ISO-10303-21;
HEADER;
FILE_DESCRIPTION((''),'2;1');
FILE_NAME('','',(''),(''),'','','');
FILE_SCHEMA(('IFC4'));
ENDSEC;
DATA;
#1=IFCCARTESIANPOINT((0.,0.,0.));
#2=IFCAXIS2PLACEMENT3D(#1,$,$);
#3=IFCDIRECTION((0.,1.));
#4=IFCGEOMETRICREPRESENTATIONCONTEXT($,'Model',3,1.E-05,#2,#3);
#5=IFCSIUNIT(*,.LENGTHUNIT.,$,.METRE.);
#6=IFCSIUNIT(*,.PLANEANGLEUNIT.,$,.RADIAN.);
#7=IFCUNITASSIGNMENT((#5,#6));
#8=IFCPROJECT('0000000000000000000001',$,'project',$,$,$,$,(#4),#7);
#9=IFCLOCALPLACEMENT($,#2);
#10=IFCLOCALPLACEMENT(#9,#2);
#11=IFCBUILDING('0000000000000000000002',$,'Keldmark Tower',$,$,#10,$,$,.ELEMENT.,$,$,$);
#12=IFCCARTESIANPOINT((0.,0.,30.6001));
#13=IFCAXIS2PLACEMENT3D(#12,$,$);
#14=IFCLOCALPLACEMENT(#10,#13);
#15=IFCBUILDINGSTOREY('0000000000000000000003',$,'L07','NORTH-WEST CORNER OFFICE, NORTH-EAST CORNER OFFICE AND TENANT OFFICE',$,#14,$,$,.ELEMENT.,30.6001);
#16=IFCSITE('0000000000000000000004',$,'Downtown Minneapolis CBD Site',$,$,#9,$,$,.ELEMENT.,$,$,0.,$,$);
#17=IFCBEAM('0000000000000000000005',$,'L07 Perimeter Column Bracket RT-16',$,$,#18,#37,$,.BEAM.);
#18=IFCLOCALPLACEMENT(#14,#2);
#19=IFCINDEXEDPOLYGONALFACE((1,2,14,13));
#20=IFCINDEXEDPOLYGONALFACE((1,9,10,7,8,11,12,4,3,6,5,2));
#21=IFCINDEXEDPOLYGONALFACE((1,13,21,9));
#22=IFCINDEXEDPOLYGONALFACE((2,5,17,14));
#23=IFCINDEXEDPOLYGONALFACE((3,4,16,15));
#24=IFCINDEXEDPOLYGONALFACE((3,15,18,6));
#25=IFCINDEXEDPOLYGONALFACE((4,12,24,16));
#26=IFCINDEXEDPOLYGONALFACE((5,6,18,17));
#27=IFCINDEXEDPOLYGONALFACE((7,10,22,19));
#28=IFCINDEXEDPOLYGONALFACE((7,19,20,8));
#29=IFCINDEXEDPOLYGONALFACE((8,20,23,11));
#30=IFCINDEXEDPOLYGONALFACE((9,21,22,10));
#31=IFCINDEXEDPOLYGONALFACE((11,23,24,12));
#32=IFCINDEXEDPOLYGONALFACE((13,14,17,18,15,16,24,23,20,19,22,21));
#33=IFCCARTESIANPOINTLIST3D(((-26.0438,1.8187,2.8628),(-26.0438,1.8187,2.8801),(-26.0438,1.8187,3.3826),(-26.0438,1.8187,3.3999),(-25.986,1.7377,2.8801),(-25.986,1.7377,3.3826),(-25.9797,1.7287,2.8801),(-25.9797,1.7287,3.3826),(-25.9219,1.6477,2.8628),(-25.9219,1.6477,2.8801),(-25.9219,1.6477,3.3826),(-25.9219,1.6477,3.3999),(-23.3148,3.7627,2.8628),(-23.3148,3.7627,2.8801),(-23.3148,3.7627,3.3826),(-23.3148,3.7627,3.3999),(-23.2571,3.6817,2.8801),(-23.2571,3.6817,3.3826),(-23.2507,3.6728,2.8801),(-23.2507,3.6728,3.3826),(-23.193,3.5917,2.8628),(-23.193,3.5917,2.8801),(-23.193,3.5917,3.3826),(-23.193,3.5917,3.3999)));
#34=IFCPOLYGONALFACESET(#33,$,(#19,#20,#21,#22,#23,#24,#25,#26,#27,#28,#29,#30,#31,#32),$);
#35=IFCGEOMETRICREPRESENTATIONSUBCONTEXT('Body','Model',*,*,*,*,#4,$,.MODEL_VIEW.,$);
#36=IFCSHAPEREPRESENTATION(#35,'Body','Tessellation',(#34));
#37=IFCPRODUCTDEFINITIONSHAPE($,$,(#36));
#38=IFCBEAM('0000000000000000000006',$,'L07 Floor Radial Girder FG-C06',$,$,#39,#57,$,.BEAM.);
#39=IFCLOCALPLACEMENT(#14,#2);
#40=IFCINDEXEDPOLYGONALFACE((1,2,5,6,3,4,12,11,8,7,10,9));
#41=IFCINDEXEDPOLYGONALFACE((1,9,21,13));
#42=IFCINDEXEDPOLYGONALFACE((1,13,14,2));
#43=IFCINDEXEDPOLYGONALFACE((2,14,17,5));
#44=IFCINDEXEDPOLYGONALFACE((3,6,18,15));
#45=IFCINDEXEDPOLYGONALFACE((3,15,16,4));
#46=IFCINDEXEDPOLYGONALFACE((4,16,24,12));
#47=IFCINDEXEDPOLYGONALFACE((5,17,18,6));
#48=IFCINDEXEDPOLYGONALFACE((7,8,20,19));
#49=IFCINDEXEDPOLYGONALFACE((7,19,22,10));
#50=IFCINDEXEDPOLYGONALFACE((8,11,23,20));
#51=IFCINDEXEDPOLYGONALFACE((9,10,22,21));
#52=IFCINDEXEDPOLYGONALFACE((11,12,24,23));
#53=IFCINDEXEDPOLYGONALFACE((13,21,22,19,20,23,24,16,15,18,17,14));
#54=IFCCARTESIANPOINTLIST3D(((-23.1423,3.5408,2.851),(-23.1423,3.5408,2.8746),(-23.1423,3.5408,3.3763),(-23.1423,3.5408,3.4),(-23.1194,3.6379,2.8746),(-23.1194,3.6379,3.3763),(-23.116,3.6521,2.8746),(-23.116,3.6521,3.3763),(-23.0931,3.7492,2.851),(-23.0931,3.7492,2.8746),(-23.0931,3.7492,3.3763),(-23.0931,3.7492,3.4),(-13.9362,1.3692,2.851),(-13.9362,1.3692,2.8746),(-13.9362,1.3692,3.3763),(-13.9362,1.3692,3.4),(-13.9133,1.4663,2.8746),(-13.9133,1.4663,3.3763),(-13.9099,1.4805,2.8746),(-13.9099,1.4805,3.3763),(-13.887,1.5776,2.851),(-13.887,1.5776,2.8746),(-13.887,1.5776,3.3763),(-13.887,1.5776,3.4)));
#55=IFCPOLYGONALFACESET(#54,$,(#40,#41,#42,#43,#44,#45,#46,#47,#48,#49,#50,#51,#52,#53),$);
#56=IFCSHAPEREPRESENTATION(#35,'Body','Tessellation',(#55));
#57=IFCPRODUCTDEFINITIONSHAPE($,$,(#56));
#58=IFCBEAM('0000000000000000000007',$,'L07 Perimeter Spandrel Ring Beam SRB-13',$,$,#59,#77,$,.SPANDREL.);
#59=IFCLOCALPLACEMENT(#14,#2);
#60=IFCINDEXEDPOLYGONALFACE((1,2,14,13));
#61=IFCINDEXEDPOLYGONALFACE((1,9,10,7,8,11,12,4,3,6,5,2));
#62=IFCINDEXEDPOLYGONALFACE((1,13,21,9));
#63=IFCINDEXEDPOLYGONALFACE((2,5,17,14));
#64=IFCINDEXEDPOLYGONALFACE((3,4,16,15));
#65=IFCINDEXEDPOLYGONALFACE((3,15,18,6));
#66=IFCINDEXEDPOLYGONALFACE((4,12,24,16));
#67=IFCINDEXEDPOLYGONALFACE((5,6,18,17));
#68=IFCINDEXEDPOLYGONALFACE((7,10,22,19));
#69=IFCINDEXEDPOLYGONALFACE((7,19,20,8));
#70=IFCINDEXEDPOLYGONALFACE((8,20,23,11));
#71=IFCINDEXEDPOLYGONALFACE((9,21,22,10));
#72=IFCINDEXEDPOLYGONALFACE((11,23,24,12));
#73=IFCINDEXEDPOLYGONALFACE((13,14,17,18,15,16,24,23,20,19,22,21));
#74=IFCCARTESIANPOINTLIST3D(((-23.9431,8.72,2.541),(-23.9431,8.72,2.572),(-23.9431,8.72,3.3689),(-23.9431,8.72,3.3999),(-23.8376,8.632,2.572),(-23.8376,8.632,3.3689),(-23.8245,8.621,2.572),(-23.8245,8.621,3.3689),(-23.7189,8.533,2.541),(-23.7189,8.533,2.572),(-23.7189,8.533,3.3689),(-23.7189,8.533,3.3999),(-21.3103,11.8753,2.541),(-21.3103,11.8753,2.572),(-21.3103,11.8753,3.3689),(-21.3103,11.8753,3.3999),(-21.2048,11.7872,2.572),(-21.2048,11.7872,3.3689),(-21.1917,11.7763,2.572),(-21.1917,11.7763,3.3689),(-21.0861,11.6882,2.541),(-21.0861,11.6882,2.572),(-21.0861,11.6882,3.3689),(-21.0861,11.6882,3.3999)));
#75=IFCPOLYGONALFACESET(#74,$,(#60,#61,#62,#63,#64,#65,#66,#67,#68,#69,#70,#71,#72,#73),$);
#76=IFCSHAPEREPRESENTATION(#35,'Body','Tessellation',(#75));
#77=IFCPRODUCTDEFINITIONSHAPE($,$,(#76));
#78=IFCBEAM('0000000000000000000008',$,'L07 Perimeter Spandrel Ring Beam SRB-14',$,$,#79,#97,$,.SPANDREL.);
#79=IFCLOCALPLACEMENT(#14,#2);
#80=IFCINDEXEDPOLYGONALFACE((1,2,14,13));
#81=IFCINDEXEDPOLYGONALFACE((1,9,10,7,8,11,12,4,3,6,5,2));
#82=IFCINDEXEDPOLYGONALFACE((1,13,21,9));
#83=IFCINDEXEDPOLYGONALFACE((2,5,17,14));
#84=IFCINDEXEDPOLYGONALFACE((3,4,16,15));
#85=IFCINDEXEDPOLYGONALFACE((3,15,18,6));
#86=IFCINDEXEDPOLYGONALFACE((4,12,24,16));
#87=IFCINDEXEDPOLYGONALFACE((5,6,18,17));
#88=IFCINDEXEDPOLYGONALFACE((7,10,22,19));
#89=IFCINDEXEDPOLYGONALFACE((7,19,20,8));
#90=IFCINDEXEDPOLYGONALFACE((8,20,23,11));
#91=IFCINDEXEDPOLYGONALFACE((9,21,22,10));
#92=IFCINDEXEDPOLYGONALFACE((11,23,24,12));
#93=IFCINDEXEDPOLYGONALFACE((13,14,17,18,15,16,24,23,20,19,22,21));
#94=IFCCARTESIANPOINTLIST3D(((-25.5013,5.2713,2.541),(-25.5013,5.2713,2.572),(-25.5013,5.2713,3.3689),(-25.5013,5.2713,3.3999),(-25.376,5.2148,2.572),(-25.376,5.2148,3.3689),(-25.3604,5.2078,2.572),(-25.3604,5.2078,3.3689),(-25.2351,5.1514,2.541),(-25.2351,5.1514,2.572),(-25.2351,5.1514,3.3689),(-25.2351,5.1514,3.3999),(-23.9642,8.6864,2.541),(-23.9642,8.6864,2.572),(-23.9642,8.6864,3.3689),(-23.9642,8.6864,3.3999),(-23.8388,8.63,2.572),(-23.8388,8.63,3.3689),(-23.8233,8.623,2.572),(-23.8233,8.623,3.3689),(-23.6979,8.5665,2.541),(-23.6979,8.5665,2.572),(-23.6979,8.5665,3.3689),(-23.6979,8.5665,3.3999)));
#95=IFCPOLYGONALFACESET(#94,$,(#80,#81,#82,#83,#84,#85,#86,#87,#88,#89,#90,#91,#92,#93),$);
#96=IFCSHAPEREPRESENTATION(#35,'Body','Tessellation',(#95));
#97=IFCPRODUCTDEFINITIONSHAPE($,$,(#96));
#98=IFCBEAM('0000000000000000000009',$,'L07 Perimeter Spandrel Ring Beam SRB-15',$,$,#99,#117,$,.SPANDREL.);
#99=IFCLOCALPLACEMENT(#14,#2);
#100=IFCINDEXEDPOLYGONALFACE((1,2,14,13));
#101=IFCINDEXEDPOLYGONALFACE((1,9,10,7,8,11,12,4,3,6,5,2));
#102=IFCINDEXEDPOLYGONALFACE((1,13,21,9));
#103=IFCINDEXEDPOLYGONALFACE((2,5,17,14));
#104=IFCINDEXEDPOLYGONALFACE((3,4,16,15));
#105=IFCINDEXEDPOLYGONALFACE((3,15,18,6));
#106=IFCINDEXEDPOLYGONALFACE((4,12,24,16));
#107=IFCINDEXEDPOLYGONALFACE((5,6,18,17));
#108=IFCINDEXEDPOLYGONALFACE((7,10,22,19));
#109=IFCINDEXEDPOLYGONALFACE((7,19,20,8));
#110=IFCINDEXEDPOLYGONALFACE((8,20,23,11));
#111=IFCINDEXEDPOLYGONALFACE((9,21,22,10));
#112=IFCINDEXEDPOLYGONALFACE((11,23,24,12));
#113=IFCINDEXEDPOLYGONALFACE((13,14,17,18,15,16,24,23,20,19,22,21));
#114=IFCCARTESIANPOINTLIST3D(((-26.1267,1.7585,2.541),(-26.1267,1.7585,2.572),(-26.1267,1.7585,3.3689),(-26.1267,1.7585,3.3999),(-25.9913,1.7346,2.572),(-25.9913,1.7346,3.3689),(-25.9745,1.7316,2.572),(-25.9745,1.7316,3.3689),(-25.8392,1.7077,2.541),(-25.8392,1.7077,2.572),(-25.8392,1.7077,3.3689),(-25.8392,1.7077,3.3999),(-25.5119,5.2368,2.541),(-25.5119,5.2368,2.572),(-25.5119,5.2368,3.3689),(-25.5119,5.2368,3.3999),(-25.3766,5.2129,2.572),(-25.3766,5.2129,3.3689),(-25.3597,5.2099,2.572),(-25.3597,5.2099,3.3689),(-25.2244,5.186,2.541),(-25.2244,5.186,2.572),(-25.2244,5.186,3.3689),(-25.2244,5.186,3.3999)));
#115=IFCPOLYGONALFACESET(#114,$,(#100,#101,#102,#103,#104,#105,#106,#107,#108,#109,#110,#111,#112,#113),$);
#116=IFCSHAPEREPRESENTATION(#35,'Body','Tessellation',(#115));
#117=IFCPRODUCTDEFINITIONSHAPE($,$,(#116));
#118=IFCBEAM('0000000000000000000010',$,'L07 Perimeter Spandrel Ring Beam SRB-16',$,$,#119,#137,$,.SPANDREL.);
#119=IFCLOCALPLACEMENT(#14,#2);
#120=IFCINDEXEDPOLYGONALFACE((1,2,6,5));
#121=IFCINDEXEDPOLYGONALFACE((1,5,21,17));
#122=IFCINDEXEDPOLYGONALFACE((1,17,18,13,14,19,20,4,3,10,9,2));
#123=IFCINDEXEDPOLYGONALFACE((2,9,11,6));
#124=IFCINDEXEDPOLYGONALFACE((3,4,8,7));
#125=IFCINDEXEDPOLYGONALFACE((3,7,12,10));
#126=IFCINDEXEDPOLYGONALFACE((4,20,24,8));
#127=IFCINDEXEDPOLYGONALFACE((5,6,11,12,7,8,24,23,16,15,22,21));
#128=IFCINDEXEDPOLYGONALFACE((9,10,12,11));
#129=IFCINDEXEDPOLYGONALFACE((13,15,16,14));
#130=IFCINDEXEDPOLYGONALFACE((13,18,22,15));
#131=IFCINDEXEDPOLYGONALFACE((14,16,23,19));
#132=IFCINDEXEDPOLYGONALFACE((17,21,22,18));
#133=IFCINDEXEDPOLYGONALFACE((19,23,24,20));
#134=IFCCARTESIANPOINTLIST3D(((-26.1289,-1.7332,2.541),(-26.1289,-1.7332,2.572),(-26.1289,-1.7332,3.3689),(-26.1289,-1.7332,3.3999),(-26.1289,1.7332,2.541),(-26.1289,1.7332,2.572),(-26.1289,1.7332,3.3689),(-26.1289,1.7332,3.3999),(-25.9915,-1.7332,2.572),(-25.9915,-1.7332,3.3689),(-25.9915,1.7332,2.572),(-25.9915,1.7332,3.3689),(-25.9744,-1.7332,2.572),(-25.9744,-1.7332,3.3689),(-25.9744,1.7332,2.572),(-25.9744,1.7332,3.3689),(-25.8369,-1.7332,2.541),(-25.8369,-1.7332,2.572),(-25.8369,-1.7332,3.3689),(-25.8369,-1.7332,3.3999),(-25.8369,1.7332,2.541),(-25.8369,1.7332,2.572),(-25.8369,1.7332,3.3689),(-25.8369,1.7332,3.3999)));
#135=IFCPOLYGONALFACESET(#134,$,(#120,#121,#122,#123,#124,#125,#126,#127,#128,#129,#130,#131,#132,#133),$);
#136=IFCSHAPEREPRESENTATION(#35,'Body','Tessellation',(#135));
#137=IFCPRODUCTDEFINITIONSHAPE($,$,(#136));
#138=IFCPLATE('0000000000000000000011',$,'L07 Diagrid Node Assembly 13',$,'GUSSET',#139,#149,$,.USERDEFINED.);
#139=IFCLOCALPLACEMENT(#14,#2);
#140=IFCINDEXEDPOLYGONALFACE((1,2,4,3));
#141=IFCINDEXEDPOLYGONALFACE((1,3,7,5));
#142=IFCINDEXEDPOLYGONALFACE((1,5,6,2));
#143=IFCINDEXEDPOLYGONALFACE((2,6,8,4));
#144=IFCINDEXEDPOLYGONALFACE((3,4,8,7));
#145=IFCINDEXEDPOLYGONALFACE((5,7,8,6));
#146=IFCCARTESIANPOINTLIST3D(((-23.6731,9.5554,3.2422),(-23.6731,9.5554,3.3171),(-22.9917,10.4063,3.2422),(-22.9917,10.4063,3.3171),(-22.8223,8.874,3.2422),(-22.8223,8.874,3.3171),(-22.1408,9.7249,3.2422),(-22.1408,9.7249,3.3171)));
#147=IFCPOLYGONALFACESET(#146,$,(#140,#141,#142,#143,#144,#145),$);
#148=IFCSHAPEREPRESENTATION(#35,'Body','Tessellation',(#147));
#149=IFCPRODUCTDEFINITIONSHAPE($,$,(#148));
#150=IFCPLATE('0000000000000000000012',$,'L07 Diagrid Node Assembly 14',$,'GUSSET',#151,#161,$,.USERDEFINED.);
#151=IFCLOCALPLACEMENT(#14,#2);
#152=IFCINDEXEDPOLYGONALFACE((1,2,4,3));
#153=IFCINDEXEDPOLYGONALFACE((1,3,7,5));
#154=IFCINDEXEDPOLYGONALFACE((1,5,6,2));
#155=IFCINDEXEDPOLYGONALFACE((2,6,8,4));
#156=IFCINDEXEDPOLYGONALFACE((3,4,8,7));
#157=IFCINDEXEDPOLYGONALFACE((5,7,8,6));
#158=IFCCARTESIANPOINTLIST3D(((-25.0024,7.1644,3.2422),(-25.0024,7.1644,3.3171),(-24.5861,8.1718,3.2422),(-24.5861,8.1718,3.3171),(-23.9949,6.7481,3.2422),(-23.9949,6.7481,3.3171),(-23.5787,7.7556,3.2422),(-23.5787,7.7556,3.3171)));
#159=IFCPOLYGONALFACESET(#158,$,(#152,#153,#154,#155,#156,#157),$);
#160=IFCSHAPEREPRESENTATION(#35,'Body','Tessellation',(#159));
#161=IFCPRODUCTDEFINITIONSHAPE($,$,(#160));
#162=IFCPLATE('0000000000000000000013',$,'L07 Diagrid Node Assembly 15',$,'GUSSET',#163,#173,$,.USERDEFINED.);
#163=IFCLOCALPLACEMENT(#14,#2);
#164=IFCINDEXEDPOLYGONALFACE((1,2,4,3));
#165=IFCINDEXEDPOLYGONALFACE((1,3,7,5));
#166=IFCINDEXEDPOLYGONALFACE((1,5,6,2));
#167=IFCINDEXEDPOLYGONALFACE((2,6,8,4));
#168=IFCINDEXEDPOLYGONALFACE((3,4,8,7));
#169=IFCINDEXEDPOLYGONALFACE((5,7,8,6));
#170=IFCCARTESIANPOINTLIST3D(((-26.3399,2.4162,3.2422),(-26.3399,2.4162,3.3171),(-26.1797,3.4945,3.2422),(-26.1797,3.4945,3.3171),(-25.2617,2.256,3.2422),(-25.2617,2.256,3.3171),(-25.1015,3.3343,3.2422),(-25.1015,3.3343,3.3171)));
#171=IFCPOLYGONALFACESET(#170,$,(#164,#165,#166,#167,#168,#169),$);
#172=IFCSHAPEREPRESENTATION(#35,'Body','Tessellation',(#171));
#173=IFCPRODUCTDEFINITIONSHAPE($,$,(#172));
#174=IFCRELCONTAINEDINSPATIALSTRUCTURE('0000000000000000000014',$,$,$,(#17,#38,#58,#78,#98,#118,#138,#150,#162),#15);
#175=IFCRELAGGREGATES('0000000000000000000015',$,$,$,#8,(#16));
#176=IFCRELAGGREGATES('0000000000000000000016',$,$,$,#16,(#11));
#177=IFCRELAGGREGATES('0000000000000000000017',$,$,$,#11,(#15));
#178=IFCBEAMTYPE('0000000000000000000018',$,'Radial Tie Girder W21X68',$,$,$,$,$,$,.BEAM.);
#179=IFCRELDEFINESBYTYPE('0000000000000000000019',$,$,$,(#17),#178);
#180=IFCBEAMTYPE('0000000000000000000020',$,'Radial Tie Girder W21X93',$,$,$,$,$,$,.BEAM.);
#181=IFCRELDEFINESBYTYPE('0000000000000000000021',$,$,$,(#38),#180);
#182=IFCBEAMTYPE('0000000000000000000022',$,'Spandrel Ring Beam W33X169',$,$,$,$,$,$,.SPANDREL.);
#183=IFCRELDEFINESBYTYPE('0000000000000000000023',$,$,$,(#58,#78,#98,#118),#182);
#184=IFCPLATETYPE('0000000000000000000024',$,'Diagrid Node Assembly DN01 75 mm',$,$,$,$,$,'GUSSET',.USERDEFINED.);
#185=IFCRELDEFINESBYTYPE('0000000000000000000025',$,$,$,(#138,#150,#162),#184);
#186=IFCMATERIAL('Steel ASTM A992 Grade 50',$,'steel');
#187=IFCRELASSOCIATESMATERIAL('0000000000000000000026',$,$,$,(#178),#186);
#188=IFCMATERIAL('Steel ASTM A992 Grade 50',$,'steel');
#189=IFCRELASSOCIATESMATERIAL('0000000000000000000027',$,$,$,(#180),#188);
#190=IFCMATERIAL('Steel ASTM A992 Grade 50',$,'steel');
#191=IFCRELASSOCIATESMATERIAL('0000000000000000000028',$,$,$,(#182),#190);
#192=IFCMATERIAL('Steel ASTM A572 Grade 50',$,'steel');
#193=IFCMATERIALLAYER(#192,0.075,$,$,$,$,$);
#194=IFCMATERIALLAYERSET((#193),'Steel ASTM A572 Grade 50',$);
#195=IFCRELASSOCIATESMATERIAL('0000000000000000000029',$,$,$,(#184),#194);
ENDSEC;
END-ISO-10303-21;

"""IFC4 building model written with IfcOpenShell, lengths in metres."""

from ifc_helpers import new_model, si_unit, direction, frame, origin, origin_2d, place, context, subcontext, project, spatial, rectangle, i_section, extrude, material, layer, layer_set, material_profile, profile_set, type_object, element, save


model = new_model("IFC4")

# Units and contexts
model_context = context("Model", 3, precision=1e-05, world=origin(), true_north=direction((0.0, 1.0)))
body_context = subcontext(model_context, "Body", "Model", "MODEL_VIEW")
ifc_project = project(units=[si_unit("LENGTHUNIT", "METRE"), si_unit("PLANEANGLEUNIT", "RADIAN")], contexts=[model_context])

# Site, building, storey
site_placement = place(None, origin())
site = spatial("IfcSite", under=ifc_project, at=site_placement, Name="Downtown Minneapolis CBD Site", CompositionType="ELEMENT", RefElevation=0.0)
building_placement = place(site_placement, origin())
building = spatial("IfcBuilding", under=site, at=building_placement, Name="Keldmark Tower", CompositionType="ELEMENT")
storey_placement = place(building_placement, frame((0.0, 0.0, 30.6001)))
storey = spatial("IfcBuildingStorey", under=building, at=storey_placement, Name="L07", Description="NORTH-WEST CORNER OFFICE, NORTH-EAST CORNER OFFICE AND TENANT OFFICE", CompositionType="ELEMENT", Elevation=30.6001)

# Beams
ifc_material_1 = material(Name="Steel ASTM A992 Grade 50", Category="steel")
ifc_material_profile_1 = material_profile(ifc_material_1, i_section(OverallWidth=0.21, OverallDepth=0.5371, WebThickness=0.011, FlangeThickness=0.0173, at=origin_2d()), Name="W21X68")
ifc_profile_set_1 = profile_set([ifc_material_profile_1], Name="Steel ASTM A992 Grade 50")
beam_type_1 = type_object("IfcBeamType", Name="Radial Tie Girder W21X68", PredefinedType="BEAM", material=ifc_profile_set_1)
beam_1_placement = place(storey_placement, frame((-23.2539, 3.6772, 3.1313), z_axis=(-0.814466, -0.580211, 0.0), x_axis=(0.580211, -0.814466, 0.0)))
element("IfcBeam", 1, at=beam_1_placement, inside=storey, type_object=beam_type_1, Name="L07 Perimeter Column Bracket RT-16", PredefinedType="BEAM", context=body_context, shape_type="SweptSolid", body=[
    extrude(i_section(OverallWidth=0.21, OverallDepth=0.5371, WebThickness=0.011, FlangeThickness=0.0173, at=origin_2d()), origin(), (0.0, 0.0, 1.0), 3.3506),
])
ifc_material_2 = material(Name="Steel ASTM A992 Grade 50", Category="steel")
ifc_material_profile_2 = material_profile(ifc_material_2, i_section(OverallWidth=0.2141, OverallDepth=0.5491, WebThickness=0.0146, FlangeThickness=0.0237, at=origin_2d()), Name="W21X93")
ifc_profile_set_2 = profile_set([ifc_material_profile_2], Name="Steel ASTM A992 Grade 50")
beam_type_2 = type_object("IfcBeamType", Name="Radial Tie Girder W21X93", PredefinedType="BEAM", material=ifc_profile_set_2)
beam_2_placement = place(storey_placement, frame((-23.1177, 3.645, 3.1255), z_axis=(0.973287, -0.22959, 0.0), x_axis=(0.22959, 0.973287, 0.0)))
element("IfcBeam", 2, at=beam_2_placement, inside=storey, type_object=beam_type_2, Name="L07 Floor Radial Girder FG-C06", PredefinedType="BEAM", context=body_context, shape_type="SweptSolid", body=[
    extrude(i_section(OverallWidth=0.2141, OverallDepth=0.5491, WebThickness=0.0146, FlangeThickness=0.0237, at=origin_2d()), origin(), (0.0, 0.0, 1.0), 9.4587),
])
ifc_material_3 = material(Name="Steel ASTM A992 Grade 50", Category="steel")
ifc_material_profile_3 = material_profile(ifc_material_3, i_section(OverallWidth=0.292, OverallDepth=0.8589, WebThickness=0.0171, FlangeThickness=0.031, at=origin_2d()), Name="W33X169")
ifc_profile_set_3 = profile_set([ifc_material_profile_3], Name="Steel ASTM A992 Grade 50")
beam_type_3 = type_object("IfcBeamType", Name="Spandrel Ring Beam W33X169", PredefinedType="SPANDREL", material=ifc_profile_set_3)
beam_3_placement = place(storey_placement, frame((-21.1982, 11.7817, 2.9705), z_axis=(-0.640675, -0.767812, 0.0), x_axis=(0.767812, -0.640675, 0.0)))
element("IfcBeam", 3, at=beam_3_placement, inside=storey, type_object=beam_type_3, Name="L07 Perimeter Spandrel Ring Beam SRB-13", PredefinedType="SPANDREL", context=body_context, shape_type="SweptSolid", body=[
    extrude(i_section(OverallWidth=0.292, OverallDepth=0.8589, WebThickness=0.0171, FlangeThickness=0.031, at=origin_2d()), origin(), (0.0, 0.0, 1.0), 4.1094),
])
beam_4_placement = place(storey_placement, frame((-23.8311, 8.6265, 2.9705), z_axis=(-0.410441, -0.911887, 0.0), x_axis=(0.911887, -0.410441, 0.0)))
element("IfcBeam", 4, at=beam_4_placement, inside=storey, type_object=beam_type_3, Name="L07 Perimeter Spandrel Ring Beam SRB-14", PredefinedType="SPANDREL", context=body_context, shape_type="SweptSolid", body=[
    extrude(i_section(OverallWidth=0.292, OverallDepth=0.8589, WebThickness=0.0171, FlangeThickness=0.031, at=origin_2d()), origin(), (0.0, 0.0, 1.0), 3.7451),
])
beam_5_placement = place(storey_placement, frame((-25.3682, 5.2114, 2.9705), z_axis=(-0.174042, -0.984738, 0.0), x_axis=(0.984738, -0.174042, 0.0)))
element("IfcBeam", 5, at=beam_5_placement, inside=storey, type_object=beam_type_3, Name="L07 Perimeter Spandrel Ring Beam SRB-15", PredefinedType="SPANDREL", context=body_context, shape_type="SweptSolid", body=[
    extrude(i_section(OverallWidth=0.292, OverallDepth=0.8589, WebThickness=0.0171, FlangeThickness=0.031, at=origin_2d()), origin(), (0.0, 0.0, 1.0), 3.5322),
])
beam_6_placement = place(storey_placement, frame((-25.9829, 1.7332, 2.9705), z_axis=(0.0, -1.0, 0.0), x_axis=(1.0, 0.0, 0.0)))
element("IfcBeam", 6, at=beam_6_placement, inside=storey, type_object=beam_type_3, Name="L07 Perimeter Spandrel Ring Beam SRB-16", PredefinedType="SPANDREL", context=body_context, shape_type="SweptSolid", body=[
    extrude(i_section(OverallWidth=0.292, OverallDepth=0.8589, WebThickness=0.0171, FlangeThickness=0.031, at=origin_2d()), origin(), (0.0, 0.0, 1.0), 3.4663),
])

# Plates
ifc_material_4 = material(Name="Steel ASTM A572 Grade 50", Category="steel")
ifc_layer_1 = layer(ifc_material_4, 0.075)
ifc_layer_set_1 = layer_set([ifc_layer_1], Name="Steel ASTM A572 Grade 50")
plate_type = type_object("IfcPlateType", Name="Diagrid Node Assembly DN01 75 mm", ElementType="GUSSET", PredefinedType="USERDEFINED", material=ifc_layer_set_1)
for number, where, z_axis, x_axis, name in (
    (7, (-22.907, 9.6401, 3.2422), (0.0, 0.0, 1.0), (-0.625106, -0.78054, 0.0), "L07 Diagrid Node Assembly 13"),
    (8, (-24.2905, 7.46, 3.2422), (0.0, 0.0, 1.0), (-0.381877, -0.924213, 0.0), "L07 Diagrid Node Assembly 14"),
    (9, (-25.7207, 2.8752, 3.2422), (0.0, 0.0, 1.0), (-0.146946, -0.989144, 0.0), "L07 Diagrid Node Assembly 15"),
):
    element("IfcPlate", number, at=place(storey_placement, frame(where, z_axis=z_axis, x_axis=x_axis)), inside=storey, type_object=plate_type, Name=name, ObjectType="GUSSET", PredefinedType="USERDEFINED", context=body_context, shape_type="SweptSolid", body=[
        extrude(rectangle(XDim=1.0901, YDim=1.0901, at=origin_2d()), origin(), (0.0, 0.0, 1.0), 0.075),
    ])

save(model, "model.ifc")
